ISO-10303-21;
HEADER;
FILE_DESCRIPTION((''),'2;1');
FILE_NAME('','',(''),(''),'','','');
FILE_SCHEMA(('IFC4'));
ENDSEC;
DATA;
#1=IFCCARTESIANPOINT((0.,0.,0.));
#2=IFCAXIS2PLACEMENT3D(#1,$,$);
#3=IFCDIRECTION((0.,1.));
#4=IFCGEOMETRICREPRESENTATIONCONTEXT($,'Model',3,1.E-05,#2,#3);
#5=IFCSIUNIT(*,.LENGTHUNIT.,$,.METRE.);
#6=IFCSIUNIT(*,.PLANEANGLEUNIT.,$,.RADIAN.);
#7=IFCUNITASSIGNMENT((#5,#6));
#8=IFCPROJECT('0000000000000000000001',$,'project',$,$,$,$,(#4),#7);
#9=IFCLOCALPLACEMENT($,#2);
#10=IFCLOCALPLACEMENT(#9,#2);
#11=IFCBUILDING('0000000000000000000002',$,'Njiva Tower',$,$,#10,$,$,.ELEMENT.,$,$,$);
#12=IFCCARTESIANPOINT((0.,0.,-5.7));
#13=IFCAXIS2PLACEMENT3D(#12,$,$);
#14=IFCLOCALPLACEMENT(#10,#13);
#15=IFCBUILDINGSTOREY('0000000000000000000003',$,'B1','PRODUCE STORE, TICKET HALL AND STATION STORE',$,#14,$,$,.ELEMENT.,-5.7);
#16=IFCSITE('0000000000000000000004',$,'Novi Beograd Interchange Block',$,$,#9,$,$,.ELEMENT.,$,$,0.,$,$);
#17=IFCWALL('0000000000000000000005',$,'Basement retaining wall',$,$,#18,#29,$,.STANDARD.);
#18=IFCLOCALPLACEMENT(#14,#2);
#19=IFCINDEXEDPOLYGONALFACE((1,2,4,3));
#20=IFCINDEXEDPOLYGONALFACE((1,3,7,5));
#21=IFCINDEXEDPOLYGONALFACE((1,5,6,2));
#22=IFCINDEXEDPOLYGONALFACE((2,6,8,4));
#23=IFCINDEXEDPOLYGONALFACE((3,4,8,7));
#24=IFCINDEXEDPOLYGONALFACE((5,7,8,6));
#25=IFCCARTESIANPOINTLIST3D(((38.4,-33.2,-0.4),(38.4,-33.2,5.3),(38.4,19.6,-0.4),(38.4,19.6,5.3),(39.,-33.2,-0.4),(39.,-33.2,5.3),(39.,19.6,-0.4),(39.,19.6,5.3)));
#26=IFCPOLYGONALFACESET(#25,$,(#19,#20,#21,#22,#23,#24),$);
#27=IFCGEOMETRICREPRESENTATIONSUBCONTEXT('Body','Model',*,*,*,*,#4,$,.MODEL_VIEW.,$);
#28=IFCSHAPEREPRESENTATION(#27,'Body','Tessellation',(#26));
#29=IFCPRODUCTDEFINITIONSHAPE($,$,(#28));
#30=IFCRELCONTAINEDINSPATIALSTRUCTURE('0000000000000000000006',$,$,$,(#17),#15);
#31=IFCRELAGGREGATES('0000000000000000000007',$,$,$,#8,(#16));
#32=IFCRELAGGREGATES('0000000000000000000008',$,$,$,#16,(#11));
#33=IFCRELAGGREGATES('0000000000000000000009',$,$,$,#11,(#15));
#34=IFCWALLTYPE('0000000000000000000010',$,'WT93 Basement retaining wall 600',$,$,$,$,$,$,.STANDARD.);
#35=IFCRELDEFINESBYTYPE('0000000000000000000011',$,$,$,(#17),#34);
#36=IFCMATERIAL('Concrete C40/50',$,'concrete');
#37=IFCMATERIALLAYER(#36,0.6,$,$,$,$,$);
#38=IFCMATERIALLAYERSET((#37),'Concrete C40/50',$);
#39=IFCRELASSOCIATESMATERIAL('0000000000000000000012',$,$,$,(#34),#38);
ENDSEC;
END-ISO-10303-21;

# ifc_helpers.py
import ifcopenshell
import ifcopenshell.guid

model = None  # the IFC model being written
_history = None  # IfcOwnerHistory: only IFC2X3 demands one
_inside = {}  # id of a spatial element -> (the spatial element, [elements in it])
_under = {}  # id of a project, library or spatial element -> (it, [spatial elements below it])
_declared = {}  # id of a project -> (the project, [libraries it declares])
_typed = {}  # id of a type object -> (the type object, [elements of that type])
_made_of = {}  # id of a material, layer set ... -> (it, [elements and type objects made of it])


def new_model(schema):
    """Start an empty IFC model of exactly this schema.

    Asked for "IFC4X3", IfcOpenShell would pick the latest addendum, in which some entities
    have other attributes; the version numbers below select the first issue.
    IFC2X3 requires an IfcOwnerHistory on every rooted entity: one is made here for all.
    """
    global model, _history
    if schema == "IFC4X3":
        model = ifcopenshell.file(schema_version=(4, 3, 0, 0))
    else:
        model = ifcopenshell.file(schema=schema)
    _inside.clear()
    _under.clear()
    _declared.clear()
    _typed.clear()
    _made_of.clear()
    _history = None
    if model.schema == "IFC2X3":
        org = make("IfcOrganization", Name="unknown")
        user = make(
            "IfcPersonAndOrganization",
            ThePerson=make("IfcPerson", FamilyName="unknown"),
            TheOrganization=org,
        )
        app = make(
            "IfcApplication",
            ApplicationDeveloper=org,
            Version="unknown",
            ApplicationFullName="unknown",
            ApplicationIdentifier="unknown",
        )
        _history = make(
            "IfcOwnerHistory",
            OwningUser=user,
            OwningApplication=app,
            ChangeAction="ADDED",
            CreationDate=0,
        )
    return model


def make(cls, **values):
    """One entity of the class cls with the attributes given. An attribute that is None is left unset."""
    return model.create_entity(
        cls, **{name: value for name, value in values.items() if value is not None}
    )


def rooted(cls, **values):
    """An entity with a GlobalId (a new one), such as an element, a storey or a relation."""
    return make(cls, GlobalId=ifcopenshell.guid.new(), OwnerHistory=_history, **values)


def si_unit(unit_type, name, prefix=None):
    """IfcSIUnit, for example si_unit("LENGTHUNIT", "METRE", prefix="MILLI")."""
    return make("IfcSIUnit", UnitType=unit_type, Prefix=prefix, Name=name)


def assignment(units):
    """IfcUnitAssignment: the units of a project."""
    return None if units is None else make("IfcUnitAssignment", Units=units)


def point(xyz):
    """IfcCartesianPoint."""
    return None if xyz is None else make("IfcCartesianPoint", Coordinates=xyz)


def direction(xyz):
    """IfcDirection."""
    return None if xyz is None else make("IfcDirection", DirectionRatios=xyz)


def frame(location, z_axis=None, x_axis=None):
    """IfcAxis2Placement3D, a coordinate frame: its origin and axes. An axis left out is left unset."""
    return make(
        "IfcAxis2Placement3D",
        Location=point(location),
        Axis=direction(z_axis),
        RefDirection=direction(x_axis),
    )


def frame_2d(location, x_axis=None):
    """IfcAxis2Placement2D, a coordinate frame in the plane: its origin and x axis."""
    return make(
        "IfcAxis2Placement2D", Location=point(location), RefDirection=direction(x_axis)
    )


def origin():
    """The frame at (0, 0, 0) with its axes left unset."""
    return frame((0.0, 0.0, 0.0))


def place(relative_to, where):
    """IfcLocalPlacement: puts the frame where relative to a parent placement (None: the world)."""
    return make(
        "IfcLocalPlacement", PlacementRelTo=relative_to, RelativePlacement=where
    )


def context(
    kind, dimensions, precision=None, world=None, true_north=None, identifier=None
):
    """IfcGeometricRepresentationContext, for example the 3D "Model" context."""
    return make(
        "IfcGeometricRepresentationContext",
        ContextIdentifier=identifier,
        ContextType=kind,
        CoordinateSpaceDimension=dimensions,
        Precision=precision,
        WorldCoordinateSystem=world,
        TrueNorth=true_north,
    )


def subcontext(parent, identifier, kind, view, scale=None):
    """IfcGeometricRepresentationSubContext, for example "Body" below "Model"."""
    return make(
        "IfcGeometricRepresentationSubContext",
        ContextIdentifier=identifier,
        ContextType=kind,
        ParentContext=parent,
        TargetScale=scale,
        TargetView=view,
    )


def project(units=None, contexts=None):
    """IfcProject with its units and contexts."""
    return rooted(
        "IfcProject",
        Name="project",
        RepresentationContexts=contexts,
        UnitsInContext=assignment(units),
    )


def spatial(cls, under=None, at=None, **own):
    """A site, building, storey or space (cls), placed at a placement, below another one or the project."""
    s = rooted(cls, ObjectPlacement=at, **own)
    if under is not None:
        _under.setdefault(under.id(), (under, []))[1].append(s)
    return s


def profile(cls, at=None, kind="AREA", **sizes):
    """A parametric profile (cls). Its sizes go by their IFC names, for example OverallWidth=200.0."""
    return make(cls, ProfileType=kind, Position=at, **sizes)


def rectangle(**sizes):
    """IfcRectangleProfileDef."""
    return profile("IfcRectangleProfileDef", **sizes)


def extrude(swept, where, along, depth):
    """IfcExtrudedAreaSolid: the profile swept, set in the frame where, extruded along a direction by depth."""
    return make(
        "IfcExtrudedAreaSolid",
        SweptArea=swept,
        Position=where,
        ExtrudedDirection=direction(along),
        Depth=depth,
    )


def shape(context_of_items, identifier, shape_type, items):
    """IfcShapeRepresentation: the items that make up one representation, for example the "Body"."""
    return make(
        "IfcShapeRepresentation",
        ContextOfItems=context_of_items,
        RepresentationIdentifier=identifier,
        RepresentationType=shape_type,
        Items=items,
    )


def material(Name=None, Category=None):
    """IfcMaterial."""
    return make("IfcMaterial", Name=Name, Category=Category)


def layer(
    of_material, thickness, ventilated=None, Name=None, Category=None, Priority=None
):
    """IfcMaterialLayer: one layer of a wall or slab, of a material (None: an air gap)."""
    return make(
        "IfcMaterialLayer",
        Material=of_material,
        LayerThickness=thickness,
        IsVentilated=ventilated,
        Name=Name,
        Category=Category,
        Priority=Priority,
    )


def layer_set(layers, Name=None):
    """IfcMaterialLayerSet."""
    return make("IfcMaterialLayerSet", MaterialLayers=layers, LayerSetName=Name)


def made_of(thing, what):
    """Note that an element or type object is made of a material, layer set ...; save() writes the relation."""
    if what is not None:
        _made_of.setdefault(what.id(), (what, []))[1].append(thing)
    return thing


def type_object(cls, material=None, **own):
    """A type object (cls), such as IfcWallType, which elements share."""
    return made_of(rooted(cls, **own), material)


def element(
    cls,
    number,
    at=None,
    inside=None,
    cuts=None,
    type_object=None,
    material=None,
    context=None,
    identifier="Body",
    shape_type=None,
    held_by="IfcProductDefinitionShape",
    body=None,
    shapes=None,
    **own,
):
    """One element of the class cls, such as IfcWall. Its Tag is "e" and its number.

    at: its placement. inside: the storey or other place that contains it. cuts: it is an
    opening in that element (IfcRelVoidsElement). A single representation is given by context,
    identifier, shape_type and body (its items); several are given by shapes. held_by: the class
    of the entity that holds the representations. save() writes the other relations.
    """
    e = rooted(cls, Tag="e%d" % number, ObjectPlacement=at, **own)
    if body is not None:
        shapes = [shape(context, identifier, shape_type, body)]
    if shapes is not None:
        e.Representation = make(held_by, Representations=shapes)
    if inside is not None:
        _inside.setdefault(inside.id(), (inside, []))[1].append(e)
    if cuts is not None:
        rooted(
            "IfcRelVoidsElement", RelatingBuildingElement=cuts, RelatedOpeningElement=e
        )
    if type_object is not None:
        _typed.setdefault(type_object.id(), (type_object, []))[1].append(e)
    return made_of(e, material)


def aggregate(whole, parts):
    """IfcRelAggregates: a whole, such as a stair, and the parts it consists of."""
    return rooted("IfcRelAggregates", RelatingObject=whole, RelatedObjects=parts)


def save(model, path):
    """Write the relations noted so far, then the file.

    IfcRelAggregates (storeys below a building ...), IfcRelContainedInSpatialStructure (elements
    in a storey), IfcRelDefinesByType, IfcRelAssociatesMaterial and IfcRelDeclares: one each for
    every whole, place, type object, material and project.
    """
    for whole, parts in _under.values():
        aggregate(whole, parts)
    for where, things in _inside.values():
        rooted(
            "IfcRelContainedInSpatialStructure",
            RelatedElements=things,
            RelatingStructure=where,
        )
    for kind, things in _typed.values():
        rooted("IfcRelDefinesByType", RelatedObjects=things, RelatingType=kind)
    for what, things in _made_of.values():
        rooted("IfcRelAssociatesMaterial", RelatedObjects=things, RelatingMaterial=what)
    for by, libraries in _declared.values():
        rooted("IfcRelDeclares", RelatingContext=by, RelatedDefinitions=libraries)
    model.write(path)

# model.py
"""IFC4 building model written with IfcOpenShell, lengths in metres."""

from ifc_helpers import new_model, si_unit, direction, frame, frame_2d, origin, place, context, subcontext, project, spatial, rectangle, extrude, material, layer, layer_set, type_object, element, save


model = new_model("IFC4")

# Units and contexts
model_context = context("Model", 3, precision=1e-05, world=origin(), true_north=direction((0.0, 1.0)))
body_context = subcontext(model_context, "Body", "Model", "MODEL_VIEW")
ifc_project = project(units=[si_unit("LENGTHUNIT", "METRE"), si_unit("PLANEANGLEUNIT", "RADIAN")], contexts=[model_context])

# Site, building, storey
site_placement = place(None, origin())
site = spatial("IfcSite", under=ifc_project, at=site_placement, Name="Novi Beograd Interchange Block", CompositionType="ELEMENT", RefElevation=0.0)
building_placement = place(site_placement, origin())
building = spatial("IfcBuilding", under=site, at=building_placement, Name="Njiva Tower", CompositionType="ELEMENT")
storey_placement = place(building_placement, frame((0.0, 0.0, -5.7)))
storey = spatial("IfcBuildingStorey", under=building, at=storey_placement, Name="B1", Description="PRODUCE STORE, TICKET HALL AND STATION STORE", CompositionType="ELEMENT", Elevation=-5.7)

# Wall
ifc_material_1 = material(Name="Concrete C40/50", Category="concrete")
ifc_layer_1 = layer(ifc_material_1, 0.6)
ifc_layer_set_1 = layer_set([ifc_layer_1], Name="Concrete C40/50")
wall_type_1 = type_object("IfcWallType", Name="WT93 Basement retaining wall 600", PredefinedType="STANDARD", material=ifc_layer_set_1)
wall_1_placement = place(storey_placement, frame((38.7, -33.2, -0.4), z_axis=(0.0, 0.0, 1.0), x_axis=(0.0, 1.0, 0.0)))
element("IfcWall", 1, at=wall_1_placement, inside=storey, type_object=wall_type_1, Name="Basement retaining wall", PredefinedType="STANDARD", context=body_context, shape_type="SweptSolid", body=[
    extrude(rectangle(XDim=52.8, YDim=0.6, at=frame_2d((26.4, 0.0))), origin(), (0.0, 0.0, 1.0), 5.7),
])

save(model, "model.ifc")
